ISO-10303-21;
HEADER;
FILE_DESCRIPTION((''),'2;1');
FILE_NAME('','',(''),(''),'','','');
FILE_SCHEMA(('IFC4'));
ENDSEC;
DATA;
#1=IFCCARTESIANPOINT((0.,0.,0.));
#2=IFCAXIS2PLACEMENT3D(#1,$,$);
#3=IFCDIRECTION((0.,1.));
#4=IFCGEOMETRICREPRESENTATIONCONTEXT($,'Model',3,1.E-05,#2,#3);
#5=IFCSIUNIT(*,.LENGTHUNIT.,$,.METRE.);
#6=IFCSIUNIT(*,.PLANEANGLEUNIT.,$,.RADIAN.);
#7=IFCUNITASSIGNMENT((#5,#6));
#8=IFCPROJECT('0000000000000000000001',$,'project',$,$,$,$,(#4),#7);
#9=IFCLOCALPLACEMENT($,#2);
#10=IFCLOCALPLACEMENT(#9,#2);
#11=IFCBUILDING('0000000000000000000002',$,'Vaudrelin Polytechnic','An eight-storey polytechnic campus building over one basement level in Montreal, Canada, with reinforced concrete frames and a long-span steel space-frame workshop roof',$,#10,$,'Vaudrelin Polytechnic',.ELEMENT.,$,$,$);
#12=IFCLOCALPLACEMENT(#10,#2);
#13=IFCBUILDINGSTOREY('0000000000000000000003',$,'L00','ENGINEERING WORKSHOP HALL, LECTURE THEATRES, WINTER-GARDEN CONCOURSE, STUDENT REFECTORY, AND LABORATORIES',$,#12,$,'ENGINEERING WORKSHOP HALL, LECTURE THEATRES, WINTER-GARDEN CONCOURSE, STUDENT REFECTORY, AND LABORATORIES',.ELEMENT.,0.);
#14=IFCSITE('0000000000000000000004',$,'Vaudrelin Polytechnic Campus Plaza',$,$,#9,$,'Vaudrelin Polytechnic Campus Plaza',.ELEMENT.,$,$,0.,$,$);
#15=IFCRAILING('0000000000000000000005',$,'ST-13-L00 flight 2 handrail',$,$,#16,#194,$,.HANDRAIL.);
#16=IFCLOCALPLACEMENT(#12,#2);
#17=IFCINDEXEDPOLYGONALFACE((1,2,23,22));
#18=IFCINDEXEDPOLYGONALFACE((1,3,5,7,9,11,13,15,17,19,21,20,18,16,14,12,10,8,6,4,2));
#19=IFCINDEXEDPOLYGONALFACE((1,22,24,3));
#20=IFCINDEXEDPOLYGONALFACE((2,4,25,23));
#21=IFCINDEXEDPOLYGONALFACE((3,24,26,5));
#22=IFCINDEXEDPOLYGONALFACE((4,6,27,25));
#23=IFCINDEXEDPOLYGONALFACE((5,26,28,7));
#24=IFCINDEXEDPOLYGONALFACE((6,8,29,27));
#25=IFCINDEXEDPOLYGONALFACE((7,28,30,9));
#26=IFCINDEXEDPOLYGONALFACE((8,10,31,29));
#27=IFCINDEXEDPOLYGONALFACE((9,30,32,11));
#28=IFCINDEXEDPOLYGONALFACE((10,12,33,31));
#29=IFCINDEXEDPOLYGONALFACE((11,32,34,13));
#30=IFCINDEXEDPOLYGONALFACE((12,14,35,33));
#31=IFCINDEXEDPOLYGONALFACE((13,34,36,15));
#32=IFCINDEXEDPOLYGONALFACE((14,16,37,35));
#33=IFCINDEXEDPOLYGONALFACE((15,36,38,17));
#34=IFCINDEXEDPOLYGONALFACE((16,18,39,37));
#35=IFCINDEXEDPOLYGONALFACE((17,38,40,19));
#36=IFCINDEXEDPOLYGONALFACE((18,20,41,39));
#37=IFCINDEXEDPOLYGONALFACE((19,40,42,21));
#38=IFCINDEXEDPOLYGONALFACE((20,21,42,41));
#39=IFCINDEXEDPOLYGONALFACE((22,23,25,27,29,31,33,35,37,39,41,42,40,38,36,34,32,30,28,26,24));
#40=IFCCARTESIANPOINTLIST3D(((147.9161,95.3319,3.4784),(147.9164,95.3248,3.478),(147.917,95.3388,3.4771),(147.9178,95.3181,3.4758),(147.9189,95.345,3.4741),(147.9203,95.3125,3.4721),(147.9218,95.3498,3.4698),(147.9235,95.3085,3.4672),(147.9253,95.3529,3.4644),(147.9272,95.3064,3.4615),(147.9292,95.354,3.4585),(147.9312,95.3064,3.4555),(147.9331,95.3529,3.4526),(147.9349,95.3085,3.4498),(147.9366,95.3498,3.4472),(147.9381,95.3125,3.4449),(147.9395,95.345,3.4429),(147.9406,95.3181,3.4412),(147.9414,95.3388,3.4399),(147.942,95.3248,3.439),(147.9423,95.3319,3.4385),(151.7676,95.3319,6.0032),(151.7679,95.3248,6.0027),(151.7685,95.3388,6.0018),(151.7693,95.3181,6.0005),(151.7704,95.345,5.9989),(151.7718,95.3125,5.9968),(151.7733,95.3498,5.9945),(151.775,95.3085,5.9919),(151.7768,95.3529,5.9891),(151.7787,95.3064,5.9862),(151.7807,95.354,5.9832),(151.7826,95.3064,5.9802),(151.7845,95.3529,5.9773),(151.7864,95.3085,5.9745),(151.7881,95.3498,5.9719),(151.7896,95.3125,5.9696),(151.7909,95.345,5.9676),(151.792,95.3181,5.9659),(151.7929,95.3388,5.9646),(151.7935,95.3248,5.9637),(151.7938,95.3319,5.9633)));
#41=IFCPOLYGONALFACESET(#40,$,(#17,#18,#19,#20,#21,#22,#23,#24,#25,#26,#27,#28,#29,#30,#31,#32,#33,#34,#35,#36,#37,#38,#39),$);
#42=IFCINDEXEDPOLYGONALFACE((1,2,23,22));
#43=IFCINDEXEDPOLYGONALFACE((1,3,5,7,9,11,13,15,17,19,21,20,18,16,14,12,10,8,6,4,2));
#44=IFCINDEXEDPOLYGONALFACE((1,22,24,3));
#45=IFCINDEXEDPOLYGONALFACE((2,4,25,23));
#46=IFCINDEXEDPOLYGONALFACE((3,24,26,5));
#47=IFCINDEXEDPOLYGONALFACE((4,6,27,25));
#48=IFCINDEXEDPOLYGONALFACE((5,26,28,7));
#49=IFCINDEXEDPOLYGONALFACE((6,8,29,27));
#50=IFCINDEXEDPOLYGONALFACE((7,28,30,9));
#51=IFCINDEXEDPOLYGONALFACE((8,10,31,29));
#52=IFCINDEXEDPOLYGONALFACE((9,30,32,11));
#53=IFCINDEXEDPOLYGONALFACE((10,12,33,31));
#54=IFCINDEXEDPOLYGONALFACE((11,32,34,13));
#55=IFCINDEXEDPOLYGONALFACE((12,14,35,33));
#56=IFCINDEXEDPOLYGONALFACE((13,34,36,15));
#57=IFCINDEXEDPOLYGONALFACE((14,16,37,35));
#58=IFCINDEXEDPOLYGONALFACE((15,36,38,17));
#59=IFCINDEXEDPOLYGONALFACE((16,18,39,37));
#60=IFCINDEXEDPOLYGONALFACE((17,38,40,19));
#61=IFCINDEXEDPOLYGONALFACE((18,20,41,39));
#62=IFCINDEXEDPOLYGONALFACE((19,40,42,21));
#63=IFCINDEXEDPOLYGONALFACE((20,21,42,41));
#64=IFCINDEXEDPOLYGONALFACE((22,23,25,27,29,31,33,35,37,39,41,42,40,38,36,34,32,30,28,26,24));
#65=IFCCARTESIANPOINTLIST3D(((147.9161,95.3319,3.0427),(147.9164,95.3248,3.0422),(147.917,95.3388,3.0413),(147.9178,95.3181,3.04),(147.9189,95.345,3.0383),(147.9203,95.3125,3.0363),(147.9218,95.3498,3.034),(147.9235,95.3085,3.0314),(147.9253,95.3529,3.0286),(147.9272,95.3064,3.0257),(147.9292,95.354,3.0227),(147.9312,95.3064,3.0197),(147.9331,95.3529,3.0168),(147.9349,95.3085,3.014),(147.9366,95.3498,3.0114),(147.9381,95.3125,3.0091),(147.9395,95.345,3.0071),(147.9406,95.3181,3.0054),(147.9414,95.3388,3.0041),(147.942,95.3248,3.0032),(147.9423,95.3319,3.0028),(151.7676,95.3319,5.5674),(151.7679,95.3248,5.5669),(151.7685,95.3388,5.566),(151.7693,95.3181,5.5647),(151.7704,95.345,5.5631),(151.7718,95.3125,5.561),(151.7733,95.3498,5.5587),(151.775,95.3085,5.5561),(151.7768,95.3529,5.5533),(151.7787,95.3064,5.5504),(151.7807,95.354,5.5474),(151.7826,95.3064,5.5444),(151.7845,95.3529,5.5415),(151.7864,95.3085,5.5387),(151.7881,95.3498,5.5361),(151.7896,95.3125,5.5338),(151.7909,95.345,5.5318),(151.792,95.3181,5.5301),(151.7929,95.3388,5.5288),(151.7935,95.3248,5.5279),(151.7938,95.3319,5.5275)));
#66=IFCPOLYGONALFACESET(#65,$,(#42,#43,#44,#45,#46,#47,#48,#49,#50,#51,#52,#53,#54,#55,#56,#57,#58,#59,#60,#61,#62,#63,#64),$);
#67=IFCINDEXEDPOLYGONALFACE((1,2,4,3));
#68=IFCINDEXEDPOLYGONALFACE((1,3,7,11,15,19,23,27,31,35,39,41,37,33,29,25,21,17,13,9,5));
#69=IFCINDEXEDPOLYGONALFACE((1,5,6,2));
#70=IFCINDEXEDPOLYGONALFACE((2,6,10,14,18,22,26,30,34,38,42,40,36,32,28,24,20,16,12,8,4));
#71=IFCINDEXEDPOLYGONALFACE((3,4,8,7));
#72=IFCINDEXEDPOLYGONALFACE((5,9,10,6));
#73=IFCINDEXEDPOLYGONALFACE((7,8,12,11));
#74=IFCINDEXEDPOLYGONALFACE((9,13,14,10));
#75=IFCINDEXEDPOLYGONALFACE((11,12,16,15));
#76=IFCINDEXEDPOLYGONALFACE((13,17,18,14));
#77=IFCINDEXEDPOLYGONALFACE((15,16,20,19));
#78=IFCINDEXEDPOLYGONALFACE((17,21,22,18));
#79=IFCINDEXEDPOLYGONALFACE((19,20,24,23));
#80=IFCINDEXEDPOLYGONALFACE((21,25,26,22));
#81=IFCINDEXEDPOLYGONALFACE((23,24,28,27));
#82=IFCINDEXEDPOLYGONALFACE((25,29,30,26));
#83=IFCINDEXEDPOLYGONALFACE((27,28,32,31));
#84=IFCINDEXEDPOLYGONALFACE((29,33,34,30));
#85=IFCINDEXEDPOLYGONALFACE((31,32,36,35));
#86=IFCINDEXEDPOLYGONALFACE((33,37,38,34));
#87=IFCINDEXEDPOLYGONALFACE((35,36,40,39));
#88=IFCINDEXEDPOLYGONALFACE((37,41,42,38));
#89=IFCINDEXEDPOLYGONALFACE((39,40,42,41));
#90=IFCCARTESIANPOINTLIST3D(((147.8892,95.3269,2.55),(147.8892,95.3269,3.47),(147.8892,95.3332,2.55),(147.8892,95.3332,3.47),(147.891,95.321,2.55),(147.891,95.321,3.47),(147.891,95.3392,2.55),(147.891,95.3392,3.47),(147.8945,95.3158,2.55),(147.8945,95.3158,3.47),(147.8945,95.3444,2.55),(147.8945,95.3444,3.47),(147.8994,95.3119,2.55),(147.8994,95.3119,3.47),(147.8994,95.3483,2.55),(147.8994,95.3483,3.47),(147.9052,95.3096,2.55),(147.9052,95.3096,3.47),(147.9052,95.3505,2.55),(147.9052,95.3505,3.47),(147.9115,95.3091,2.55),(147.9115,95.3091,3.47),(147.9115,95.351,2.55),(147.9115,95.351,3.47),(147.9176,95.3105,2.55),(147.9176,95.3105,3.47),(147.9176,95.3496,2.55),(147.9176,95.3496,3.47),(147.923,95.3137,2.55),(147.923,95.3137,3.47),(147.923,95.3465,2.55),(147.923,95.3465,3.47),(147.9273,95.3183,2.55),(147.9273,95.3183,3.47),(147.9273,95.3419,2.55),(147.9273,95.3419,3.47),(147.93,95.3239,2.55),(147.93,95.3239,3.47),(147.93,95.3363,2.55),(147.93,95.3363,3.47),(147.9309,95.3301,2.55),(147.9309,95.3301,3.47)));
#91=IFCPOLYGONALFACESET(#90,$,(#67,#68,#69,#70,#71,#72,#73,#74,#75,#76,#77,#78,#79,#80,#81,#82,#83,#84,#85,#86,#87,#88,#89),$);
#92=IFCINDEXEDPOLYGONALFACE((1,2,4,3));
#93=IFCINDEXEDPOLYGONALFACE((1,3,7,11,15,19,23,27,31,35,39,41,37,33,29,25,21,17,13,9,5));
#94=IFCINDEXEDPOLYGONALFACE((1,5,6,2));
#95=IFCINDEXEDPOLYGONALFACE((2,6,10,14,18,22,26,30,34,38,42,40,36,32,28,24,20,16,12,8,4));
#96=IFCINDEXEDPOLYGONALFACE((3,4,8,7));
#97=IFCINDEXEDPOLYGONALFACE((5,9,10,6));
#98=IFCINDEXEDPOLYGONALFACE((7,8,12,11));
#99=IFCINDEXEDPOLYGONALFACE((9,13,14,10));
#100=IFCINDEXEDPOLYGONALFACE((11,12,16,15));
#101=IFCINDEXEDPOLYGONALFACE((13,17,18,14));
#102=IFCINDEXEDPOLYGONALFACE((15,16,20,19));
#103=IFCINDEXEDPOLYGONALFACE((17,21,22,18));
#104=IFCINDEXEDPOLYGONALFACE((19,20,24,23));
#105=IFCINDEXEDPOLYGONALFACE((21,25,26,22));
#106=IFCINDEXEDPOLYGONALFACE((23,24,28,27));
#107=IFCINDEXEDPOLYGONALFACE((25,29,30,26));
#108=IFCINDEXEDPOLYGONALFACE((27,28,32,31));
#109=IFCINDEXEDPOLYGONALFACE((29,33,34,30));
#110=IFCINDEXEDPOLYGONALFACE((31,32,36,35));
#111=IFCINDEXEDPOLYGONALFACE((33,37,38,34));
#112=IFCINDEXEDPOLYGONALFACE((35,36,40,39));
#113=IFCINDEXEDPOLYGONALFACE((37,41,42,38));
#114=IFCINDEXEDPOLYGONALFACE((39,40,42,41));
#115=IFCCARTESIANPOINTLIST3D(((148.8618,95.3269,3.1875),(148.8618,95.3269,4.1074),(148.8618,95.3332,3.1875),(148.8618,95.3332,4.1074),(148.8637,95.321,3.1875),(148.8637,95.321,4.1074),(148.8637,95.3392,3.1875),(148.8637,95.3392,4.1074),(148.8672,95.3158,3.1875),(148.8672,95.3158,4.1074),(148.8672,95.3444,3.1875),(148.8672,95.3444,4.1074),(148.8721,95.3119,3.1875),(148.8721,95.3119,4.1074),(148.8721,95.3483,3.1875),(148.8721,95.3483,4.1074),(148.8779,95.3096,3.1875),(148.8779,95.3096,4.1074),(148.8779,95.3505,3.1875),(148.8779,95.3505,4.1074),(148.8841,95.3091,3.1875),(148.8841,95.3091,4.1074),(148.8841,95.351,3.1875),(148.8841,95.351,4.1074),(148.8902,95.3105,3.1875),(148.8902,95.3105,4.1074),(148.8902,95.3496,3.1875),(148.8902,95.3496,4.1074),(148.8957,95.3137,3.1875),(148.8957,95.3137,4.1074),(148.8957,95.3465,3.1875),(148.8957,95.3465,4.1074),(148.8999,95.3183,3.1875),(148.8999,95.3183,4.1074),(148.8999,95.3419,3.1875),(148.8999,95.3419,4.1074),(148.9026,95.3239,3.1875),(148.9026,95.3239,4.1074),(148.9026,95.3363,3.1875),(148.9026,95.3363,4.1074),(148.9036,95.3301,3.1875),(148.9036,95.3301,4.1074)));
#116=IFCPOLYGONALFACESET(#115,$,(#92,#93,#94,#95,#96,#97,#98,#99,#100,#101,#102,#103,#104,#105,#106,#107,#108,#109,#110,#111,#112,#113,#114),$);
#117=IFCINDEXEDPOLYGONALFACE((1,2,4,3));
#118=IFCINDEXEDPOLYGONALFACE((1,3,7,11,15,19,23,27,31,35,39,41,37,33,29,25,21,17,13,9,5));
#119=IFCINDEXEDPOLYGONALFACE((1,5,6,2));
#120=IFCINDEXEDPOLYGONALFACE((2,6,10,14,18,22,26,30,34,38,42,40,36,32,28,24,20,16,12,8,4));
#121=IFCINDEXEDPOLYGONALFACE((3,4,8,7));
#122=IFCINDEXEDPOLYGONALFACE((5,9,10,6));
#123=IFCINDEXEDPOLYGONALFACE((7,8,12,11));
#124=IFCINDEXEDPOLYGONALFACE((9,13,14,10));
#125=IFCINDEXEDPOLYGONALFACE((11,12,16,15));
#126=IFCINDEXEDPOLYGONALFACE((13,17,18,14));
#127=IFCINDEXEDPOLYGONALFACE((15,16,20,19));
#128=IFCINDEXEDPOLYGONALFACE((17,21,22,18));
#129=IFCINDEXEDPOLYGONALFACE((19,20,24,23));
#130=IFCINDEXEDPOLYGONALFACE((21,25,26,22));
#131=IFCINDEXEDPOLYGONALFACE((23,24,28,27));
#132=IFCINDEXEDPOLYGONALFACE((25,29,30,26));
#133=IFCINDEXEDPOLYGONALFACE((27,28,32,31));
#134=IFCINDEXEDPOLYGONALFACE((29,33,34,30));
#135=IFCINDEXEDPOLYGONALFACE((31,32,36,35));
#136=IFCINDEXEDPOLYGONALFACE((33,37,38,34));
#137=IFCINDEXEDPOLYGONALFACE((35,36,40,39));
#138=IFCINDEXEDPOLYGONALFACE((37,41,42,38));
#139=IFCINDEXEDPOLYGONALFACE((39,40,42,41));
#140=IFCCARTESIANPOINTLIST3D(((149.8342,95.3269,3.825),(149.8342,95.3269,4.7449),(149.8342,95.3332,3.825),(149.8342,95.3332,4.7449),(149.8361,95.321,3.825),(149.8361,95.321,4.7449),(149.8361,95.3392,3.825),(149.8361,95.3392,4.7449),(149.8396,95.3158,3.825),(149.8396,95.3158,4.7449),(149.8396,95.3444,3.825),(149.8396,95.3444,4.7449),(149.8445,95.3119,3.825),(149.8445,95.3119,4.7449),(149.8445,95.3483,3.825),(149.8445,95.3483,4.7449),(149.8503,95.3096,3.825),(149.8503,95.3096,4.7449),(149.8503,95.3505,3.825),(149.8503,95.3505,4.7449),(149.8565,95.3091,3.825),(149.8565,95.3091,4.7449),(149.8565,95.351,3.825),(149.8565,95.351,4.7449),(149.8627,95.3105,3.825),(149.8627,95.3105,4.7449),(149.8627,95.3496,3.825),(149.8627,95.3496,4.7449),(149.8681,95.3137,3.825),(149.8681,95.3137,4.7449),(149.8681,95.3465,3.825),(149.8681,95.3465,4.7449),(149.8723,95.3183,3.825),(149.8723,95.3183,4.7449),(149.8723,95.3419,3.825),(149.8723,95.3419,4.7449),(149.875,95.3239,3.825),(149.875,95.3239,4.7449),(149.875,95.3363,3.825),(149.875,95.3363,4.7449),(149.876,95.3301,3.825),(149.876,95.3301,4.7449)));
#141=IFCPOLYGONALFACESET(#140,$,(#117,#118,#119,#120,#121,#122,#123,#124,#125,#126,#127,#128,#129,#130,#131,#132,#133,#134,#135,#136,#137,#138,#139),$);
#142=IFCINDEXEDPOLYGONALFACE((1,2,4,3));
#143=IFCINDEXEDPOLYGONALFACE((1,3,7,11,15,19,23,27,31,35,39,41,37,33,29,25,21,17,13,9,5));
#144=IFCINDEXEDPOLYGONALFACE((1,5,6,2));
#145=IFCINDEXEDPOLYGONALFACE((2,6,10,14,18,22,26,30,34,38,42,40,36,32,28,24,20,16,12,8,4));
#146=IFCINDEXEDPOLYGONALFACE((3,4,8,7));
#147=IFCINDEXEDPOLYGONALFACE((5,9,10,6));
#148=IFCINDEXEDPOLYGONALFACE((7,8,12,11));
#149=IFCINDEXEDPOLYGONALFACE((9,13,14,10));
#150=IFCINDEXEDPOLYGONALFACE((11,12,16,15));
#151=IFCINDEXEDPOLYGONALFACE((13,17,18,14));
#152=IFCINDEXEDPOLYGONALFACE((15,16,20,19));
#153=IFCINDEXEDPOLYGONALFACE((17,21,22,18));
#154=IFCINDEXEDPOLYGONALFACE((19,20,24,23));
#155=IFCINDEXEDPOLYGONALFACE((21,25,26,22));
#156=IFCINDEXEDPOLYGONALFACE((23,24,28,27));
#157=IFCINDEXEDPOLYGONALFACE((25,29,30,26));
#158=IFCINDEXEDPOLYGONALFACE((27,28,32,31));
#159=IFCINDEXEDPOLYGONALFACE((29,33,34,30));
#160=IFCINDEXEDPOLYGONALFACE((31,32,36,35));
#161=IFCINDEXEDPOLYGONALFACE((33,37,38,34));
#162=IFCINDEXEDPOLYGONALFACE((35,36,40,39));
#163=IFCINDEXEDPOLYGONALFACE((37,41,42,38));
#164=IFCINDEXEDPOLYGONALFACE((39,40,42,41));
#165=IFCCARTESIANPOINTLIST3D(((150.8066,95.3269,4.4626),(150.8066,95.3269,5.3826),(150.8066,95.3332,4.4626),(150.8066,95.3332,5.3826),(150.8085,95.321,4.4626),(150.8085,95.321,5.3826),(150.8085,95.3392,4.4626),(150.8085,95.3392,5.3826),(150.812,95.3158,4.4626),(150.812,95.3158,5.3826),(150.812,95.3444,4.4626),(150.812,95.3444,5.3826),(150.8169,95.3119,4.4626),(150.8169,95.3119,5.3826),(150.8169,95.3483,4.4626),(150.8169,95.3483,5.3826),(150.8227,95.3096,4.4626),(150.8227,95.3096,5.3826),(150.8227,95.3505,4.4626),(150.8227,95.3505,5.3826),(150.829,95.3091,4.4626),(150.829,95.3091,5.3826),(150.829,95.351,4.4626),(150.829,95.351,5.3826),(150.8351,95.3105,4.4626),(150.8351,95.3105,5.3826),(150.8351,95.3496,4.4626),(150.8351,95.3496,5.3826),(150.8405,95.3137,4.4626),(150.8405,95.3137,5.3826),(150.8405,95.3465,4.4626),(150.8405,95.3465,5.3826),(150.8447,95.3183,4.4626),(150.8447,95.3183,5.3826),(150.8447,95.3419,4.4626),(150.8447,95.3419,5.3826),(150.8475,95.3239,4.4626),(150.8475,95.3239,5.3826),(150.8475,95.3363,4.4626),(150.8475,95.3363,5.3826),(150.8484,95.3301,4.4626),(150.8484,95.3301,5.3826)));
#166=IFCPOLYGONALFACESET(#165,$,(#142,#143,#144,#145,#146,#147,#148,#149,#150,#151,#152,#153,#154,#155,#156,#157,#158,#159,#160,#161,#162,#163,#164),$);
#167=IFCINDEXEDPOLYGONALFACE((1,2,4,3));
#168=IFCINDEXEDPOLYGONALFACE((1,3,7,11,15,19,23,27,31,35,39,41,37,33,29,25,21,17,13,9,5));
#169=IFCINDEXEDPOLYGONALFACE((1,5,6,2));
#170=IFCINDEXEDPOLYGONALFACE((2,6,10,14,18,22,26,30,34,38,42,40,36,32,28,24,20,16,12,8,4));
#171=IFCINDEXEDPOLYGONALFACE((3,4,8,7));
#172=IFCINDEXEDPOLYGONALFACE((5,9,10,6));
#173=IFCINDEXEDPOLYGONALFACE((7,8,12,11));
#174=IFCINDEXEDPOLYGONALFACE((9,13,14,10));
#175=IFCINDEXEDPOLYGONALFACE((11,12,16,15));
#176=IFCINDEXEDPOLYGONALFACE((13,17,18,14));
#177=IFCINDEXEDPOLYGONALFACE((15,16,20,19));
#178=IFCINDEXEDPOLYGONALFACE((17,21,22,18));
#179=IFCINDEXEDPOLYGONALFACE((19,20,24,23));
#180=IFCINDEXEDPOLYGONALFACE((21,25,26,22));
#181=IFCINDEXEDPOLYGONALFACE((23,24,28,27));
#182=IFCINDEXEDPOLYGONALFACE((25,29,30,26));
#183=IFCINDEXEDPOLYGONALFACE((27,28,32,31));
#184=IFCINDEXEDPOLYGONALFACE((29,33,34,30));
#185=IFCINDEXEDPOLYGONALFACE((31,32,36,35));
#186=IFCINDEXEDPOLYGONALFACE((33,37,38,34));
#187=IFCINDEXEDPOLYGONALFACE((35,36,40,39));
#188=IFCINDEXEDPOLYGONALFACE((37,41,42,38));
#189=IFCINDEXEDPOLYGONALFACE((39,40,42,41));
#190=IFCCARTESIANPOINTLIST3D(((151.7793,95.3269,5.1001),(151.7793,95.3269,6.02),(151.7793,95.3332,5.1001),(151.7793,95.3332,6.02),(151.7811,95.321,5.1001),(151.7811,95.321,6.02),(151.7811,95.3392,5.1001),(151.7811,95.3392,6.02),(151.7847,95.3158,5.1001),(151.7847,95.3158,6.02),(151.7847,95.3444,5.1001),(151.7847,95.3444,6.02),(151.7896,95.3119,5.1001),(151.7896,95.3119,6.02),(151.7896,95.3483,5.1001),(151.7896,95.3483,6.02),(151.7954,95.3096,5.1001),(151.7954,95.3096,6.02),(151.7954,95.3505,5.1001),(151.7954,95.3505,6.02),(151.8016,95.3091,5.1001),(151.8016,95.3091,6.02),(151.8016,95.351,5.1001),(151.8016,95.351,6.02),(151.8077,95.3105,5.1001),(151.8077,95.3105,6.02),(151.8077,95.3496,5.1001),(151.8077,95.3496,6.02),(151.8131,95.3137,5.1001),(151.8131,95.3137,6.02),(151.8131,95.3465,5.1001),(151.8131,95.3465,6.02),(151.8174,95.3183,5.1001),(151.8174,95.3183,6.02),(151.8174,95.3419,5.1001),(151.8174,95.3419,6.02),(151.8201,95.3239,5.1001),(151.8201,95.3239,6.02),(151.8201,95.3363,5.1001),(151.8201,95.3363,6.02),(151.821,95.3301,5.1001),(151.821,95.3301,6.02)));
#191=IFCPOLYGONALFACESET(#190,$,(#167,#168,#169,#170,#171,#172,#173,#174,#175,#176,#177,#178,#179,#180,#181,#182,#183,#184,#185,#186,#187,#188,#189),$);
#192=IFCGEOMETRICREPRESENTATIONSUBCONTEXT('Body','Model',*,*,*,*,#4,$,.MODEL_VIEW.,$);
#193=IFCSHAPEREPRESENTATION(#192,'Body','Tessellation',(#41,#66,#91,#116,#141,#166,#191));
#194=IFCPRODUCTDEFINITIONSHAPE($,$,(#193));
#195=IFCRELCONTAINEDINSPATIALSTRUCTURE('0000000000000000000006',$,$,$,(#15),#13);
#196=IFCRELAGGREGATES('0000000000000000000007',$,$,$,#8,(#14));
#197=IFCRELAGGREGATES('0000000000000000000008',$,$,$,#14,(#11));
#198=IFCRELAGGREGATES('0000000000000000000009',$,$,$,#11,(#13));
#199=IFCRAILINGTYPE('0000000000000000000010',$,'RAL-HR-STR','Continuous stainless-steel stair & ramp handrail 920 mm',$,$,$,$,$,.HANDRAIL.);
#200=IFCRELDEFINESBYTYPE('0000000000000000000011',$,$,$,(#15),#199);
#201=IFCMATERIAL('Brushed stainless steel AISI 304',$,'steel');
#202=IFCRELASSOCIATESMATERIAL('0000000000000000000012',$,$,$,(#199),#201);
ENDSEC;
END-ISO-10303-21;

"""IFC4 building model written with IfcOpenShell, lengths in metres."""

from ifc_helpers import new_model, si_unit, direction, frame, origin, origin_2d, place, context, subcontext, project, spatial, circle, extrude, material, type_object, element, save


model = new_model("IFC4")

# Units and contexts
model_context = context("Model", 3, precision=1e-05, world=origin(), true_north=direction((0.0, 1.0)))
body_context = subcontext(model_context, "Body", "Model", "MODEL_VIEW")
ifc_project = project(units=[si_unit("LENGTHUNIT", "METRE"), si_unit("PLANEANGLEUNIT", "RADIAN")], contexts=[model_context])

# Site, building, storey
site_placement = place(None, origin())
site = spatial("IfcSite", under=ifc_project, at=site_placement, Name="Vaudrelin Polytechnic Campus Plaza", LongName="Vaudrelin Polytechnic Campus Plaza", CompositionType="ELEMENT", RefElevation=0.0)
building_placement = place(site_placement, origin())
building = spatial("IfcBuilding", under=site, at=building_placement, Name="Vaudrelin Polytechnic", Description="An eight-storey polytechnic campus building over one basement level in Montreal, Canada, with reinforced concrete frames and a long-span steel space-frame workshop roof", LongName="Vaudrelin Polytechnic", CompositionType="ELEMENT")
storey_placement = place(building_placement, origin())
storey = spatial("IfcBuildingStorey", under=building, at=storey_placement, Name="L00", Description="ENGINEERING WORKSHOP HALL, LECTURE THEATRES, WINTER-GARDEN CONCOURSE, STUDENT REFECTORY, AND LABORATORIES", LongName="ENGINEERING WORKSHOP HALL, LECTURE THEATRES, WINTER-GARDEN CONCOURSE, STUDENT REFECTORY, AND LABORATORIES", CompositionType="ELEMENT", Elevation=0.0)

# Railing
ifc_material_1 = material(Name="Brushed stainless steel AISI 304", Category="steel")
railing_type_1 = type_object("IfcRailingType", Name="RAL-HR-STR", Description="Continuous stainless-steel stair & ramp handrail 920 mm", PredefinedType="HANDRAIL", material=ifc_material_1)
railing_1_placement = place(storey_placement, frame((147.9099, 95.3301, 2.55)))
element("IfcRailing", 1, at=railing_1_placement, inside=storey, type_object=railing_type_1, Name="ST-13-L00 flight 2 handrail", PredefinedType="HANDRAIL", context=body_context, shape_type="SweptSolid", body=[
    extrude(circle(Radius=0.0239, at=origin_2d()), frame((0.0193, 0.0, 0.9084), z_axis=(0.836329, 0.0, 0.548228), x_axis=(0.0, 1.0, 0.0)), (0.0, 0.0, 1.0), 4.6052),
    extrude(circle(Radius=0.0239, at=origin_2d()), frame((0.0193, 0.0, 0.4727), z_axis=(0.836329, 0.0, 0.548228), x_axis=(0.0, 1.0, 0.0)), (0.0, 0.0, 1.0), 4.6052),
    extrude(circle(Radius=0.021, at=origin_2d()), origin(), (0.0, 0.0, 1.0), 0.9199),
    extrude(circle(Radius=0.021, at=origin_2d()), frame((0.9727, 0.0, 0.6375)), (0.0, 0.0, 1.0), 0.9199),
    extrude(circle(Radius=0.021, at=origin_2d()), frame((1.9451, 0.0, 1.2749)), (0.0, 0.0, 1.0), 0.9199),
    extrude(circle(Radius=0.021, at=origin_2d()), frame((2.9175, 0.0, 1.9126)), (0.0, 0.0, 1.0), 0.9199),
    extrude(circle(Radius=0.021, at=origin_2d()), frame((3.8901, 0.0, 2.55)), (0.0, 0.0, 1.0), 0.9199),
])

save(model, "model.ifc")
